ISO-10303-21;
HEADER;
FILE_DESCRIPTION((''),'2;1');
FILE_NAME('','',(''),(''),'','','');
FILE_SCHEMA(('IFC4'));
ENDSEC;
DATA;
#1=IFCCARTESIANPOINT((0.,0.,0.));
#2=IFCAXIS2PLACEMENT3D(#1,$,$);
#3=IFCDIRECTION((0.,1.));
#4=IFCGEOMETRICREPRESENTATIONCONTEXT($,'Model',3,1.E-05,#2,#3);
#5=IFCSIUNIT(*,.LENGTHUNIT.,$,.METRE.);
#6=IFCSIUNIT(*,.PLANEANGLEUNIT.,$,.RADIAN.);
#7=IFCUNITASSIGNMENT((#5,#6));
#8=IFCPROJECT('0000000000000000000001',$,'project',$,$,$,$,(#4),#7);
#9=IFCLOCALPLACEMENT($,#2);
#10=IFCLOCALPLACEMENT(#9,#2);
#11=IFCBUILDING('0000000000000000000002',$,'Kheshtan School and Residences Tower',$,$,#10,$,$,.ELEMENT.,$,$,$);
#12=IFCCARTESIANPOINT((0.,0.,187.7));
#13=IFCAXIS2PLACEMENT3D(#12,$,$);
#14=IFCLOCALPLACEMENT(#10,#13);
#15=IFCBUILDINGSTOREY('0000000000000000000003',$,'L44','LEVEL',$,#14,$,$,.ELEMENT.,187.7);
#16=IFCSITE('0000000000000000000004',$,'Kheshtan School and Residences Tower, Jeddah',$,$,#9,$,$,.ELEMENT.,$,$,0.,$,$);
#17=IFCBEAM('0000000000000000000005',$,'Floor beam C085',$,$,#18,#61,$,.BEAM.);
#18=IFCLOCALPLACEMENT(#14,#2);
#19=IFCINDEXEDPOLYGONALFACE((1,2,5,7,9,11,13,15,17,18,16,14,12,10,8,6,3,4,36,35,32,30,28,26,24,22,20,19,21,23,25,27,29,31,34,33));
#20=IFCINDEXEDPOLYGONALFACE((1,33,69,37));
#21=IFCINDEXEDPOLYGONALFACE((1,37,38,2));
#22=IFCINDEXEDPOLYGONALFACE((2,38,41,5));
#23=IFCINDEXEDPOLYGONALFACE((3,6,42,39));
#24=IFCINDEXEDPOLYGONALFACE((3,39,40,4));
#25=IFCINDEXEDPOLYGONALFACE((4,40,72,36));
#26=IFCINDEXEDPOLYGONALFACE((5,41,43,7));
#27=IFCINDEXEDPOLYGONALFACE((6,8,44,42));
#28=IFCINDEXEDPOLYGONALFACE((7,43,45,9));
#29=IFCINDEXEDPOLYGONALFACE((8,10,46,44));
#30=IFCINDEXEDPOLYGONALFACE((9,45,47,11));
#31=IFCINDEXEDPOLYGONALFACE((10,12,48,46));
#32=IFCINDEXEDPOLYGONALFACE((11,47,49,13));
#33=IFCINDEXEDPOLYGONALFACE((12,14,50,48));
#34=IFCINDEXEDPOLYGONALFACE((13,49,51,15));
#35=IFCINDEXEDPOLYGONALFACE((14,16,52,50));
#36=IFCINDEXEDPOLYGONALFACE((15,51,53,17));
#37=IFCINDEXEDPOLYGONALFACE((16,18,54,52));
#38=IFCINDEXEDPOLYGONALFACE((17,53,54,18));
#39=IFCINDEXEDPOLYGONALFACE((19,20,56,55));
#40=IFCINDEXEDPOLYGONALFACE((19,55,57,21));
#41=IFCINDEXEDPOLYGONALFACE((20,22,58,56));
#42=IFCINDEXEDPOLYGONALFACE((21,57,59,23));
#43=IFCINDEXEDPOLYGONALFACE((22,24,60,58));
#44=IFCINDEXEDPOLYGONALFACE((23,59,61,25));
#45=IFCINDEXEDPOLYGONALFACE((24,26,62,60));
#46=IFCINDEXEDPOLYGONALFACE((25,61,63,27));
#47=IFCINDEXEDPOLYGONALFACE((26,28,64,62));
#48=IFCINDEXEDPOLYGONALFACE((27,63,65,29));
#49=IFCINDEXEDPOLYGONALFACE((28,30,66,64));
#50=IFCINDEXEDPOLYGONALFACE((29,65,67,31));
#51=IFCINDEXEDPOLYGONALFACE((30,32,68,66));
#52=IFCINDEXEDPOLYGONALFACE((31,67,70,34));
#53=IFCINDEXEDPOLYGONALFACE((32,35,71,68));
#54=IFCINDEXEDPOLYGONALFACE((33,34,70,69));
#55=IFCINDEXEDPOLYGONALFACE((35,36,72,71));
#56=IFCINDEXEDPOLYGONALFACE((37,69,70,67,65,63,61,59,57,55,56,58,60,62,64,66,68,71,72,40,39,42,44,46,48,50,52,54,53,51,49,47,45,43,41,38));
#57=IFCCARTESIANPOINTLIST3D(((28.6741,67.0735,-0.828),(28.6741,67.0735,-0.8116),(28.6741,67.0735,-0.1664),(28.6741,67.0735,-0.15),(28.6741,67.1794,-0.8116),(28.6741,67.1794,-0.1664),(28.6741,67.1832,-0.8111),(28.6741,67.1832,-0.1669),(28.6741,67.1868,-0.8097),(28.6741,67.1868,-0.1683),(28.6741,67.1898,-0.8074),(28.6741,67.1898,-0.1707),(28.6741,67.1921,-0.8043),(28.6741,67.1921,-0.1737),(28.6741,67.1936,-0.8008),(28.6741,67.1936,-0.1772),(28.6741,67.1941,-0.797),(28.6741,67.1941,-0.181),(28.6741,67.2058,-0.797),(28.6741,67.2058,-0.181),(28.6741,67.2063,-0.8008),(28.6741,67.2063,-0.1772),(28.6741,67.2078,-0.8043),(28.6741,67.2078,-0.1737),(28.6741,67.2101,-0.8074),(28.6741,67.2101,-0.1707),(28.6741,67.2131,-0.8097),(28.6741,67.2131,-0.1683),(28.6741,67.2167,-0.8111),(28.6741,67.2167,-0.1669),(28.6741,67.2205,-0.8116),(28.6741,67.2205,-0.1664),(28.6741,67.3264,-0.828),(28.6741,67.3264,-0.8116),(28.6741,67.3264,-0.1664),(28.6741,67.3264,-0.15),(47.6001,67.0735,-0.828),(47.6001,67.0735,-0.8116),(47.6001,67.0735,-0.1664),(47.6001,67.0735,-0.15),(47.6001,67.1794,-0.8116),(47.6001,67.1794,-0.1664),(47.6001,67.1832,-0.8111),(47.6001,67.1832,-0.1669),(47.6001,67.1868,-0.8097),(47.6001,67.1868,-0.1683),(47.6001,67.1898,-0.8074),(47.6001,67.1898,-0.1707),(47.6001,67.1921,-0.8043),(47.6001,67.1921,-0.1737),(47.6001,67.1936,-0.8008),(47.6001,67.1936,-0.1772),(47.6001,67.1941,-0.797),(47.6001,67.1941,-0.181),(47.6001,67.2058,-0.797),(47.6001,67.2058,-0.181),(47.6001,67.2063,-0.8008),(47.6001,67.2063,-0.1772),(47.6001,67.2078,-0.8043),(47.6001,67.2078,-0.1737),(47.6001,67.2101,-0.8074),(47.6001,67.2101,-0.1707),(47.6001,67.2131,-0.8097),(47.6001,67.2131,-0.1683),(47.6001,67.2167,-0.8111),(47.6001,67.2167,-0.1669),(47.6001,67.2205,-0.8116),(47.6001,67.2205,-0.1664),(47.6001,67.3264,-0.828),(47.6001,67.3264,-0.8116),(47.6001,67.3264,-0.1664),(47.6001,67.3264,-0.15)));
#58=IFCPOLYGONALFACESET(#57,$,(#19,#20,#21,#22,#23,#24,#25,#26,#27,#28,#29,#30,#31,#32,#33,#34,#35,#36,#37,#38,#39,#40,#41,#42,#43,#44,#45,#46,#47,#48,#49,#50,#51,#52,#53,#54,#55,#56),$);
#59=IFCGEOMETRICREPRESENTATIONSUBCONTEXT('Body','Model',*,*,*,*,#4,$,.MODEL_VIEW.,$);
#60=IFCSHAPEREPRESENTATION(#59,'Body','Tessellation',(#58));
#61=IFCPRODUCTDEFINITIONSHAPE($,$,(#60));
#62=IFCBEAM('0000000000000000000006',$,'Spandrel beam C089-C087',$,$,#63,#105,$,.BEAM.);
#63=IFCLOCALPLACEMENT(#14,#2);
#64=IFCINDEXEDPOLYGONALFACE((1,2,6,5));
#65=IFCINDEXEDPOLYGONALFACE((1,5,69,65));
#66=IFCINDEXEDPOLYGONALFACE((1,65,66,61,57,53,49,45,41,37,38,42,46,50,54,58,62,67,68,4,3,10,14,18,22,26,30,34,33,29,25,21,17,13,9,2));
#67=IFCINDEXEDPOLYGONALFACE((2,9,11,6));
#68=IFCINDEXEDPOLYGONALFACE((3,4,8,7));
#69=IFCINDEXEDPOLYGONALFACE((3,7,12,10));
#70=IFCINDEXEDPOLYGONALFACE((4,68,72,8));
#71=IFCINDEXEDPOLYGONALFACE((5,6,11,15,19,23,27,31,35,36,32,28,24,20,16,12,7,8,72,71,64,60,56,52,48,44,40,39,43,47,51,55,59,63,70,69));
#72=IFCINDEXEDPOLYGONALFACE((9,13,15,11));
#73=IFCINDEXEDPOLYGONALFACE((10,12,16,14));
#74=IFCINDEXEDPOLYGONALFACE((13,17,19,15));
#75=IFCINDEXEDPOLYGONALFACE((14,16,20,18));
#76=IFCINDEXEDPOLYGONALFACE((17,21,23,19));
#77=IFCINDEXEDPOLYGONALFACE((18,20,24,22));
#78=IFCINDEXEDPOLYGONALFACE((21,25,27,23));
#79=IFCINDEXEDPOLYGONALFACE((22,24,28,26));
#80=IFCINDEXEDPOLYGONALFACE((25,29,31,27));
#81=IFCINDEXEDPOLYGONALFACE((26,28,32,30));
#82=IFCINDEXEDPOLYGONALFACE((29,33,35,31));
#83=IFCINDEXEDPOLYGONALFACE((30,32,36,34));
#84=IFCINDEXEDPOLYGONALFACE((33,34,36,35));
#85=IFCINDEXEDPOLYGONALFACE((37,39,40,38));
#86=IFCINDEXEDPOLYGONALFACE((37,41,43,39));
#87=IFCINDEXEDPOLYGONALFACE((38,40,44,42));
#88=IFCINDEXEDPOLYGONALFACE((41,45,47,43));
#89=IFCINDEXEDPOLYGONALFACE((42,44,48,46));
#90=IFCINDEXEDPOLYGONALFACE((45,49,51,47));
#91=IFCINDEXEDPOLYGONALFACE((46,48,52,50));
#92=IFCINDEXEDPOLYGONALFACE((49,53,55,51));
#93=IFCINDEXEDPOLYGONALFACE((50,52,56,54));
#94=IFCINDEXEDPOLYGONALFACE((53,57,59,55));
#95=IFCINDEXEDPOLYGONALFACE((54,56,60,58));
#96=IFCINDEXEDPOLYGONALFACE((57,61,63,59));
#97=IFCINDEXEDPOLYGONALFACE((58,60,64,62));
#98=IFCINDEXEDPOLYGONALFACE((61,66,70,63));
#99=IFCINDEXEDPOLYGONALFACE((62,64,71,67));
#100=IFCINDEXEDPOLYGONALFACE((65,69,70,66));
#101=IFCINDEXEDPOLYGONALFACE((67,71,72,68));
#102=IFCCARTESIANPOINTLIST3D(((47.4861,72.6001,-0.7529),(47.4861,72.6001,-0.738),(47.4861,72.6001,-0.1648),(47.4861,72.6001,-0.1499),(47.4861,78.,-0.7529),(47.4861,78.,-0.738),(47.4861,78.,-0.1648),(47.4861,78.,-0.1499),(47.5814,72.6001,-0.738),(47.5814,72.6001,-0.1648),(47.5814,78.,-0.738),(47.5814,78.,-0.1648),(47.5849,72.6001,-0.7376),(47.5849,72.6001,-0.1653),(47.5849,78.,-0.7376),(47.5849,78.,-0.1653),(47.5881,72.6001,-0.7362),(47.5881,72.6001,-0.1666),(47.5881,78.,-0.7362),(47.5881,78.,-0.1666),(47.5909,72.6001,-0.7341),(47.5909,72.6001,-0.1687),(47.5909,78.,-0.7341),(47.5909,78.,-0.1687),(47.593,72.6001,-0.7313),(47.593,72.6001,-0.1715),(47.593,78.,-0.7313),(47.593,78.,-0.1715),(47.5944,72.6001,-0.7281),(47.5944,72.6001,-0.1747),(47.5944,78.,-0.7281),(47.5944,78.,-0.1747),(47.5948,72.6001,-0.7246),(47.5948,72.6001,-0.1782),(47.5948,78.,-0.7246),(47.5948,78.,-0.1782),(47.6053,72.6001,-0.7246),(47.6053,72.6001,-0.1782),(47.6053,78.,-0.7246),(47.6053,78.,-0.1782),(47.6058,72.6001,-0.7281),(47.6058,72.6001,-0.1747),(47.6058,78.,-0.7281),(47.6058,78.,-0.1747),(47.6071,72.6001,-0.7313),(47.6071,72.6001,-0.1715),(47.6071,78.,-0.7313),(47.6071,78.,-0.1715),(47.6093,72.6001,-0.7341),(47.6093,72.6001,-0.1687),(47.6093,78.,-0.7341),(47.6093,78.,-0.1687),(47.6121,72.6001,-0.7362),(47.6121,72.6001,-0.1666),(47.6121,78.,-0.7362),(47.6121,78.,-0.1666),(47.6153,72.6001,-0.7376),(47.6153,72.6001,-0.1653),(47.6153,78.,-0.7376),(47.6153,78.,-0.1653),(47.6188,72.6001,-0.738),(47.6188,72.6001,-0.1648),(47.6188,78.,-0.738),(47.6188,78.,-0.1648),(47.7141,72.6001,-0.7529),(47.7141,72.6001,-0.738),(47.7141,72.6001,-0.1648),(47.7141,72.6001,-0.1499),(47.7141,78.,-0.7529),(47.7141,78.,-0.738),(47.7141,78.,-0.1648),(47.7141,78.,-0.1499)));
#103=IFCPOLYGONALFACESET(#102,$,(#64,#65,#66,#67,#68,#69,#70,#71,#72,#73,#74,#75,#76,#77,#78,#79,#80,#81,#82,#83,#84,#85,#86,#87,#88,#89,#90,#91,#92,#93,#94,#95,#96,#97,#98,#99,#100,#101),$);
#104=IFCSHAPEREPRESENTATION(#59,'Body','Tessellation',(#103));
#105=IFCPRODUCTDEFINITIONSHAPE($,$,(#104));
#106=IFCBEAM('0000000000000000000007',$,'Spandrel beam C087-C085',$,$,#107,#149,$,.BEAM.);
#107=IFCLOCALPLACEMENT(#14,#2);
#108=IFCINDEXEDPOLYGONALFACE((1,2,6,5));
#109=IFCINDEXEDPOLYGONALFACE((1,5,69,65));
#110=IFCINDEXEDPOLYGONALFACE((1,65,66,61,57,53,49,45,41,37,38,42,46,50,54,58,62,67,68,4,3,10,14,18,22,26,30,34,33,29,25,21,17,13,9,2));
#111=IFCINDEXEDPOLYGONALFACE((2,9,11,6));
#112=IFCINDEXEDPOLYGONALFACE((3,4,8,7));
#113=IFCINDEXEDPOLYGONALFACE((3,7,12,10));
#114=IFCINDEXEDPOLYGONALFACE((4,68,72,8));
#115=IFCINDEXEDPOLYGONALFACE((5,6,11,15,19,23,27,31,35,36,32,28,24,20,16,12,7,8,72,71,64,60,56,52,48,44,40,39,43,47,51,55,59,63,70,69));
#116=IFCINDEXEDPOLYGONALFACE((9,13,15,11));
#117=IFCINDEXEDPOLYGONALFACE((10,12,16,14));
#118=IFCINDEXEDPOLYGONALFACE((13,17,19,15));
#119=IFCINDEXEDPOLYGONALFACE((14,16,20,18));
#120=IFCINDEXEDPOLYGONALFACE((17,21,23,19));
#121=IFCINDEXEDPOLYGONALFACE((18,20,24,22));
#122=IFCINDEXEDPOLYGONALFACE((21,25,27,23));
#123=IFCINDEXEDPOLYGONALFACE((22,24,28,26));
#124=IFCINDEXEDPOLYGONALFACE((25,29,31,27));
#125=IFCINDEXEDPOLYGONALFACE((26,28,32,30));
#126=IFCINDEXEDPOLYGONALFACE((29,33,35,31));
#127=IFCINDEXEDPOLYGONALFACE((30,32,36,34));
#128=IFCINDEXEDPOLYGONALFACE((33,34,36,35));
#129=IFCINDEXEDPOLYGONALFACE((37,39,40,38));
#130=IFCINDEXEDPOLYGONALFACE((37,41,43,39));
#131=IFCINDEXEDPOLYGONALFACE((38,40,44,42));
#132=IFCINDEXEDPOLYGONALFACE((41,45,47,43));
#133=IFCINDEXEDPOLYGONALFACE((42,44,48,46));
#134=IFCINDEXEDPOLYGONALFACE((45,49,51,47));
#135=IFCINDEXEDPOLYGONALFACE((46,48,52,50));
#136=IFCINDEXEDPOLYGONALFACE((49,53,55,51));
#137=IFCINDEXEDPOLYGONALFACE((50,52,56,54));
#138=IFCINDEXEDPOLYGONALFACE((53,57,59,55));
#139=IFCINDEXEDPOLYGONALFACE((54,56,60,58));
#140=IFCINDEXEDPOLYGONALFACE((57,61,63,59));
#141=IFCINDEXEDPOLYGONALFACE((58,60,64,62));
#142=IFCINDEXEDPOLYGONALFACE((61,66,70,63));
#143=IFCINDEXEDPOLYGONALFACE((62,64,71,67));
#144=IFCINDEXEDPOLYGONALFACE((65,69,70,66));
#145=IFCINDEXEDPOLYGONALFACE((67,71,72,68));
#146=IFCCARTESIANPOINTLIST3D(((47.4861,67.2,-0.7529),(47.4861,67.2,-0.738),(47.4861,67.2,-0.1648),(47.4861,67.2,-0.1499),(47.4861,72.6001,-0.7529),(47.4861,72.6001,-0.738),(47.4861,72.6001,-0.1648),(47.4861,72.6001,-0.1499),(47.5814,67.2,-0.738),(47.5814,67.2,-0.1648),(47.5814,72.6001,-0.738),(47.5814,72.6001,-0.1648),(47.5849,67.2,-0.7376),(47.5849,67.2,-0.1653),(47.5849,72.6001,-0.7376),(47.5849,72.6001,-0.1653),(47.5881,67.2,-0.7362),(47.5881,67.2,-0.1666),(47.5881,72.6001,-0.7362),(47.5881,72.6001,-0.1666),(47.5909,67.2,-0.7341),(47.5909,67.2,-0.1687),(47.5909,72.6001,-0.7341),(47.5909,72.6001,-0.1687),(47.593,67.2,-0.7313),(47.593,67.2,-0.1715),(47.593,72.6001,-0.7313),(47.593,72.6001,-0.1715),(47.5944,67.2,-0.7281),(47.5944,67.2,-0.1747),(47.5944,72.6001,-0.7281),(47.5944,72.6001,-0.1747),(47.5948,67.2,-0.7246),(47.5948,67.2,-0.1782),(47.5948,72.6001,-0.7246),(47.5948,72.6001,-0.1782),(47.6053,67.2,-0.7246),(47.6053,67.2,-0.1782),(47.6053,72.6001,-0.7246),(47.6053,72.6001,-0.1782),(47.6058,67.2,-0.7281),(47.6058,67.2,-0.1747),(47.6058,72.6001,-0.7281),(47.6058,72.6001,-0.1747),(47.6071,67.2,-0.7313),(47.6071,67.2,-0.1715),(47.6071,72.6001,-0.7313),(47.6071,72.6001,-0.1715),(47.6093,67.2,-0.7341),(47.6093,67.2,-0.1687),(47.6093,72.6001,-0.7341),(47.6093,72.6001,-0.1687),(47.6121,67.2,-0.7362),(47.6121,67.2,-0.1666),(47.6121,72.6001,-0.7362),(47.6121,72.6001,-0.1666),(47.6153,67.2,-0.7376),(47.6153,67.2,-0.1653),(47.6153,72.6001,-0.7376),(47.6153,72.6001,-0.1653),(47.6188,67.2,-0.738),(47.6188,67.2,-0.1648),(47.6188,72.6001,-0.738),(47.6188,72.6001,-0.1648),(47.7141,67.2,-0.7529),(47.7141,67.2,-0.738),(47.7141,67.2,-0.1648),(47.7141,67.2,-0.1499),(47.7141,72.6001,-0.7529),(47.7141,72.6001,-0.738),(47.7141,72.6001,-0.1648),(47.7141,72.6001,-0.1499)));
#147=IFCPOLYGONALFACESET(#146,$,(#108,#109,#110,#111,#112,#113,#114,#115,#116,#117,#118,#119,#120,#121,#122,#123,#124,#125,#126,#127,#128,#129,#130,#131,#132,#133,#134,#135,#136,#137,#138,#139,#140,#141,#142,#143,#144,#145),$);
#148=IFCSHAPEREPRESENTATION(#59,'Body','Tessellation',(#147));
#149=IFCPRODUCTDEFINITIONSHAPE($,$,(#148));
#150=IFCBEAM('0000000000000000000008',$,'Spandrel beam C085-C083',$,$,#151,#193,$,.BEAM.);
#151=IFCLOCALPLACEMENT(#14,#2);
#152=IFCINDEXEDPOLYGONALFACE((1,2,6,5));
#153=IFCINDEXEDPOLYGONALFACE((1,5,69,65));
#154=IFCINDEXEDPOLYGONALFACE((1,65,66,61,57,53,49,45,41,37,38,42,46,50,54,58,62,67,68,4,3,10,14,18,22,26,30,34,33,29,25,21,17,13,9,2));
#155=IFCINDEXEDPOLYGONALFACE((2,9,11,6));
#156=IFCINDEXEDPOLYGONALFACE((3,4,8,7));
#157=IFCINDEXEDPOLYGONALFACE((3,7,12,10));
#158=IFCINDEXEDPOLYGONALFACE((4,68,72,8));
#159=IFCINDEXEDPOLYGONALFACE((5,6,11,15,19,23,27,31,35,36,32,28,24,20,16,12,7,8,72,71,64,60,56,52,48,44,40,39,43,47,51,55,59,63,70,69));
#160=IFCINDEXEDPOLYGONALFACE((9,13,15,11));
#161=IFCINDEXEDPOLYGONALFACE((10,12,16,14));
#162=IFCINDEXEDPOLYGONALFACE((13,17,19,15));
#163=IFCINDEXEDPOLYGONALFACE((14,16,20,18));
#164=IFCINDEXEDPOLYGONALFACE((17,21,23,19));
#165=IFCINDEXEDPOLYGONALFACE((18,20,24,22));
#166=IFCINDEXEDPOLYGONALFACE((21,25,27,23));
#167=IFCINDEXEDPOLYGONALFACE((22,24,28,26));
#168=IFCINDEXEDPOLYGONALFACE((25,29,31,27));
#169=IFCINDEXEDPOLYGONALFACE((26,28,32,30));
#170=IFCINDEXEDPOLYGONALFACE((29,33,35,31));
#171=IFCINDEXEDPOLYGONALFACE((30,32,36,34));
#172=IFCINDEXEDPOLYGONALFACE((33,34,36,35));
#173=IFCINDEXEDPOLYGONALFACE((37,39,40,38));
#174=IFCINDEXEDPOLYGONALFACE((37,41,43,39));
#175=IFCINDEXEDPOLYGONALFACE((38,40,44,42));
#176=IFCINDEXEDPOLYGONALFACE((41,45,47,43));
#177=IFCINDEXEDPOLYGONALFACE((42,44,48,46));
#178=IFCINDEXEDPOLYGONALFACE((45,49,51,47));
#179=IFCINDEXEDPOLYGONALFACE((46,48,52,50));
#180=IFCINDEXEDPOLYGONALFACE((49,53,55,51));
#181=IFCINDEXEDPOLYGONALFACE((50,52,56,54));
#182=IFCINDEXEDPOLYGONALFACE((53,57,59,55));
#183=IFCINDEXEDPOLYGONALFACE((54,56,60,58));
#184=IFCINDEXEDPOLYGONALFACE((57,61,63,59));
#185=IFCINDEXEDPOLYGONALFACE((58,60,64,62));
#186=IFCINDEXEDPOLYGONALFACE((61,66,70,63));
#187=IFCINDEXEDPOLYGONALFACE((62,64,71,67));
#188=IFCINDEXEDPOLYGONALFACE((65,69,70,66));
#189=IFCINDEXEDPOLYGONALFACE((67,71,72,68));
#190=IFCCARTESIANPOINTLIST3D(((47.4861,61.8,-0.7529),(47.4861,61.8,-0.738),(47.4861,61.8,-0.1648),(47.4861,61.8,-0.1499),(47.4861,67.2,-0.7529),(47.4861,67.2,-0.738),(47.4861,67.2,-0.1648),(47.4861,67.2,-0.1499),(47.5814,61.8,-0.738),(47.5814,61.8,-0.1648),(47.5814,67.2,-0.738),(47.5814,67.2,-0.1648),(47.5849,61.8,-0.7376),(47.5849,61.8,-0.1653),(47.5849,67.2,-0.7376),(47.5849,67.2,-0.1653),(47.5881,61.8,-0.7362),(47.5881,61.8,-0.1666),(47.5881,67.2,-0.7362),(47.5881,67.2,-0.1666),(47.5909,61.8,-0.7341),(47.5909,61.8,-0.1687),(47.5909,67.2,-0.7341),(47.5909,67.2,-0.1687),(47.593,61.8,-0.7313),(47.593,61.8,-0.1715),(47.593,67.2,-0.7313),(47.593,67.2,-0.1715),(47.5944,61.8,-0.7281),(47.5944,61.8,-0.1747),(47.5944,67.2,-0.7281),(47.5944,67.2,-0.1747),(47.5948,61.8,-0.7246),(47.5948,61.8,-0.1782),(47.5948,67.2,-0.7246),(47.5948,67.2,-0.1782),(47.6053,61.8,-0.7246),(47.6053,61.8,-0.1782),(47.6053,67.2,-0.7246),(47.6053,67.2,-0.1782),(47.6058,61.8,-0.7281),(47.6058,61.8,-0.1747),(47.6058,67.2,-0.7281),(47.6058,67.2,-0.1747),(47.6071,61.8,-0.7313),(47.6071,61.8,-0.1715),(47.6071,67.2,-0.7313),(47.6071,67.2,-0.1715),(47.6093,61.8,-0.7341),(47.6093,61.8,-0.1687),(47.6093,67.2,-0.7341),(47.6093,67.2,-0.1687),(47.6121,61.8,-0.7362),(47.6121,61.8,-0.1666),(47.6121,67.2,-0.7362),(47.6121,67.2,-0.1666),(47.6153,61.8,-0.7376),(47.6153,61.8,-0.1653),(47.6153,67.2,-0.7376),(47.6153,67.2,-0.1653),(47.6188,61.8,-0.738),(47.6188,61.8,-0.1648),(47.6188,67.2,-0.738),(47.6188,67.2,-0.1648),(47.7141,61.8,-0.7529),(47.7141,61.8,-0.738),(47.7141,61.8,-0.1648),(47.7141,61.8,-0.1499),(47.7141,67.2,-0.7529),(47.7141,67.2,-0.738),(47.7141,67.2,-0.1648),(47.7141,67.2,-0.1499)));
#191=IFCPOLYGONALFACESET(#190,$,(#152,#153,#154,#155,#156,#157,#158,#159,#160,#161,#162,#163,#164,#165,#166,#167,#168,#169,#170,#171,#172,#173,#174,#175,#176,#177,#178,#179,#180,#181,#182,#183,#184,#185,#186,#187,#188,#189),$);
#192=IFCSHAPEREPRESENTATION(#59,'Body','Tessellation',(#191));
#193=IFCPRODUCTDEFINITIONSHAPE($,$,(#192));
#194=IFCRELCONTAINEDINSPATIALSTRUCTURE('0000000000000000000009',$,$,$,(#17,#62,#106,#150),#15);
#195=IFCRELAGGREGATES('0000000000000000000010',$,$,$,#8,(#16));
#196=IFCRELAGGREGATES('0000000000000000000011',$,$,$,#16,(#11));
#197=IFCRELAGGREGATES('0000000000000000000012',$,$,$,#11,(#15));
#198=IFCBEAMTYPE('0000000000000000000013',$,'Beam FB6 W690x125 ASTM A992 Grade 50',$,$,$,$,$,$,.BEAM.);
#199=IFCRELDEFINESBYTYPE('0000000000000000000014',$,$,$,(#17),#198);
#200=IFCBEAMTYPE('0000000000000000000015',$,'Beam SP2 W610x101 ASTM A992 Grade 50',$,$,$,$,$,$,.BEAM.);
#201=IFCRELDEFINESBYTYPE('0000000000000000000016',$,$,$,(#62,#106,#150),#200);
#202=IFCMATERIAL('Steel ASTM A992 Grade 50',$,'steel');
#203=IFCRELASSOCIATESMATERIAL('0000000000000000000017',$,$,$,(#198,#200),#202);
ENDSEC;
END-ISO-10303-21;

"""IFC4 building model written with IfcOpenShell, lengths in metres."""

from ifc_helpers import new_model, si_unit, direction, frame, origin, origin_2d, place, context, subcontext, project, spatial, i_section, extrude, material, material_profile, profile_set, type_object, element, save


model = new_model("IFC4")

# Units and contexts
model_context = context("Model", 3, precision=1e-05, world=origin(), true_north=direction((0.0, 1.0)))
body_context = subcontext(model_context, "Body", "Model", "MODEL_VIEW")
ifc_project = project(units=[si_unit("LENGTHUNIT", "METRE"), si_unit("PLANEANGLEUNIT", "RADIAN")], contexts=[model_context])

# Site, building, storey
site_placement = place(None, origin())
site = spatial("IfcSite", under=ifc_project, at=site_placement, Name="Kheshtan School and Residences Tower, Jeddah", CompositionType="ELEMENT", RefElevation=0.0)
building_placement = place(site_placement, origin())
building = spatial("IfcBuilding", under=site, at=building_placement, Name="Kheshtan School and Residences Tower", CompositionType="ELEMENT")
storey_placement = place(building_placement, frame((0.0, 0.0, 187.7)))
storey = spatial("IfcBuildingStorey", under=building, at=storey_placement, Name="L44", Description="LEVEL", CompositionType="ELEMENT", Elevation=187.7)

# Shared definitions
ifc_material_1 = material(Name="Steel ASTM A992 Grade 50", Category="steel")

# Beams
ifc_material_profile_1 = material_profile(ifc_material_1, i_section(OverallWidth=0.2529, OverallDepth=0.678, WebThickness=0.0117, FlangeThickness=0.0164, FilletRadius=0.0146, at=origin_2d()), Name="W690x125")
ifc_profile_set_1 = profile_set([ifc_material_profile_1], Name="Steel ASTM A992 Grade 50")
beam_type_1 = type_object("IfcBeamType", Name="Beam FB6 W690x125 ASTM A992 Grade 50", PredefinedType="BEAM", material=ifc_profile_set_1)
beam_1_placement = place(storey_placement, frame((47.6001, 67.2, -0.489), z_axis=(-1.0, 0.0, 0.0), x_axis=(0.0, -1.0, 0.0)))
element("IfcBeam", 1, at=beam_1_placement, inside=storey, type_object=beam_type_1, Name="Floor beam C085", PredefinedType="BEAM", context=body_context, shape_type="SweptSolid", body=[
    extrude(i_section(OverallWidth=0.2529, OverallDepth=0.678, WebThickness=0.0117, FlangeThickness=0.0164, FilletRadius=0.0146, at=origin_2d()), origin(), (0.0, 0.0, 1.0), 18.926),
])
ifc_material_profile_2 = material_profile(ifc_material_1, i_section(OverallWidth=0.228, OverallDepth=0.603, WebThickness=0.0105, FlangeThickness=0.0149, FilletRadius=0.0134, at=origin_2d()), Name="W610x101")
ifc_profile_set_2 = profile_set([ifc_material_profile_2], Name="Steel ASTM A992 Grade 50")
beam_type_2 = type_object("IfcBeamType", Name="Beam SP2 W610x101 ASTM A992 Grade 50", PredefinedType="BEAM", material=ifc_profile_set_2)
beam_2_placement = place(storey_placement, frame((47.6001, 78.0, -0.4514), z_axis=(0.0, -1.0, 0.0), x_axis=(1.0, 0.0, 0.0)))
element("IfcBeam", 2, at=beam_2_placement, inside=storey, type_object=beam_type_2, Name="Spandrel beam C089-C087", PredefinedType="BEAM", context=body_context, shape_type="SweptSolid", body=[
    extrude(i_section(OverallWidth=0.228, OverallDepth=0.603, WebThickness=0.0105, FlangeThickness=0.0149, FilletRadius=0.0134, at=origin_2d()), origin(), (0.0, 0.0, 1.0), 5.3999),
])
beam_3_placement = place(storey_placement, frame((47.6001, 72.6001, -0.4514), z_axis=(0.0, -1.0, 0.0), x_axis=(1.0, 0.0, 0.0)))
element("IfcBeam", 3, at=beam_3_placement, inside=storey, type_object=beam_type_2, Name="Spandrel beam C087-C085", PredefinedType="BEAM", context=body_context, shape_type="SweptSolid", body=[
    extrude(i_section(OverallWidth=0.228, OverallDepth=0.603, WebThickness=0.0105, FlangeThickness=0.0149, FilletRadius=0.0134, at=origin_2d()), origin(), (0.0, 0.0, 1.0), 5.4001),
])
beam_4_placement = place(storey_placement, frame((47.6001, 67.2, -0.4514), z_axis=(0.0, -1.0, 0.0), x_axis=(1.0, 0.0, 0.0)))
element("IfcBeam", 4, at=beam_4_placement, inside=storey, type_object=beam_type_2, Name="Spandrel beam C085-C083", PredefinedType="BEAM", context=body_context, shape_type="SweptSolid", body=[
    extrude(i_section(OverallWidth=0.228, OverallDepth=0.603, WebThickness=0.0105, FlangeThickness=0.0149, FilletRadius=0.0134, at=origin_2d()), origin(), (0.0, 0.0, 1.0), 5.3999),
])

save(model, "model.ifc")
